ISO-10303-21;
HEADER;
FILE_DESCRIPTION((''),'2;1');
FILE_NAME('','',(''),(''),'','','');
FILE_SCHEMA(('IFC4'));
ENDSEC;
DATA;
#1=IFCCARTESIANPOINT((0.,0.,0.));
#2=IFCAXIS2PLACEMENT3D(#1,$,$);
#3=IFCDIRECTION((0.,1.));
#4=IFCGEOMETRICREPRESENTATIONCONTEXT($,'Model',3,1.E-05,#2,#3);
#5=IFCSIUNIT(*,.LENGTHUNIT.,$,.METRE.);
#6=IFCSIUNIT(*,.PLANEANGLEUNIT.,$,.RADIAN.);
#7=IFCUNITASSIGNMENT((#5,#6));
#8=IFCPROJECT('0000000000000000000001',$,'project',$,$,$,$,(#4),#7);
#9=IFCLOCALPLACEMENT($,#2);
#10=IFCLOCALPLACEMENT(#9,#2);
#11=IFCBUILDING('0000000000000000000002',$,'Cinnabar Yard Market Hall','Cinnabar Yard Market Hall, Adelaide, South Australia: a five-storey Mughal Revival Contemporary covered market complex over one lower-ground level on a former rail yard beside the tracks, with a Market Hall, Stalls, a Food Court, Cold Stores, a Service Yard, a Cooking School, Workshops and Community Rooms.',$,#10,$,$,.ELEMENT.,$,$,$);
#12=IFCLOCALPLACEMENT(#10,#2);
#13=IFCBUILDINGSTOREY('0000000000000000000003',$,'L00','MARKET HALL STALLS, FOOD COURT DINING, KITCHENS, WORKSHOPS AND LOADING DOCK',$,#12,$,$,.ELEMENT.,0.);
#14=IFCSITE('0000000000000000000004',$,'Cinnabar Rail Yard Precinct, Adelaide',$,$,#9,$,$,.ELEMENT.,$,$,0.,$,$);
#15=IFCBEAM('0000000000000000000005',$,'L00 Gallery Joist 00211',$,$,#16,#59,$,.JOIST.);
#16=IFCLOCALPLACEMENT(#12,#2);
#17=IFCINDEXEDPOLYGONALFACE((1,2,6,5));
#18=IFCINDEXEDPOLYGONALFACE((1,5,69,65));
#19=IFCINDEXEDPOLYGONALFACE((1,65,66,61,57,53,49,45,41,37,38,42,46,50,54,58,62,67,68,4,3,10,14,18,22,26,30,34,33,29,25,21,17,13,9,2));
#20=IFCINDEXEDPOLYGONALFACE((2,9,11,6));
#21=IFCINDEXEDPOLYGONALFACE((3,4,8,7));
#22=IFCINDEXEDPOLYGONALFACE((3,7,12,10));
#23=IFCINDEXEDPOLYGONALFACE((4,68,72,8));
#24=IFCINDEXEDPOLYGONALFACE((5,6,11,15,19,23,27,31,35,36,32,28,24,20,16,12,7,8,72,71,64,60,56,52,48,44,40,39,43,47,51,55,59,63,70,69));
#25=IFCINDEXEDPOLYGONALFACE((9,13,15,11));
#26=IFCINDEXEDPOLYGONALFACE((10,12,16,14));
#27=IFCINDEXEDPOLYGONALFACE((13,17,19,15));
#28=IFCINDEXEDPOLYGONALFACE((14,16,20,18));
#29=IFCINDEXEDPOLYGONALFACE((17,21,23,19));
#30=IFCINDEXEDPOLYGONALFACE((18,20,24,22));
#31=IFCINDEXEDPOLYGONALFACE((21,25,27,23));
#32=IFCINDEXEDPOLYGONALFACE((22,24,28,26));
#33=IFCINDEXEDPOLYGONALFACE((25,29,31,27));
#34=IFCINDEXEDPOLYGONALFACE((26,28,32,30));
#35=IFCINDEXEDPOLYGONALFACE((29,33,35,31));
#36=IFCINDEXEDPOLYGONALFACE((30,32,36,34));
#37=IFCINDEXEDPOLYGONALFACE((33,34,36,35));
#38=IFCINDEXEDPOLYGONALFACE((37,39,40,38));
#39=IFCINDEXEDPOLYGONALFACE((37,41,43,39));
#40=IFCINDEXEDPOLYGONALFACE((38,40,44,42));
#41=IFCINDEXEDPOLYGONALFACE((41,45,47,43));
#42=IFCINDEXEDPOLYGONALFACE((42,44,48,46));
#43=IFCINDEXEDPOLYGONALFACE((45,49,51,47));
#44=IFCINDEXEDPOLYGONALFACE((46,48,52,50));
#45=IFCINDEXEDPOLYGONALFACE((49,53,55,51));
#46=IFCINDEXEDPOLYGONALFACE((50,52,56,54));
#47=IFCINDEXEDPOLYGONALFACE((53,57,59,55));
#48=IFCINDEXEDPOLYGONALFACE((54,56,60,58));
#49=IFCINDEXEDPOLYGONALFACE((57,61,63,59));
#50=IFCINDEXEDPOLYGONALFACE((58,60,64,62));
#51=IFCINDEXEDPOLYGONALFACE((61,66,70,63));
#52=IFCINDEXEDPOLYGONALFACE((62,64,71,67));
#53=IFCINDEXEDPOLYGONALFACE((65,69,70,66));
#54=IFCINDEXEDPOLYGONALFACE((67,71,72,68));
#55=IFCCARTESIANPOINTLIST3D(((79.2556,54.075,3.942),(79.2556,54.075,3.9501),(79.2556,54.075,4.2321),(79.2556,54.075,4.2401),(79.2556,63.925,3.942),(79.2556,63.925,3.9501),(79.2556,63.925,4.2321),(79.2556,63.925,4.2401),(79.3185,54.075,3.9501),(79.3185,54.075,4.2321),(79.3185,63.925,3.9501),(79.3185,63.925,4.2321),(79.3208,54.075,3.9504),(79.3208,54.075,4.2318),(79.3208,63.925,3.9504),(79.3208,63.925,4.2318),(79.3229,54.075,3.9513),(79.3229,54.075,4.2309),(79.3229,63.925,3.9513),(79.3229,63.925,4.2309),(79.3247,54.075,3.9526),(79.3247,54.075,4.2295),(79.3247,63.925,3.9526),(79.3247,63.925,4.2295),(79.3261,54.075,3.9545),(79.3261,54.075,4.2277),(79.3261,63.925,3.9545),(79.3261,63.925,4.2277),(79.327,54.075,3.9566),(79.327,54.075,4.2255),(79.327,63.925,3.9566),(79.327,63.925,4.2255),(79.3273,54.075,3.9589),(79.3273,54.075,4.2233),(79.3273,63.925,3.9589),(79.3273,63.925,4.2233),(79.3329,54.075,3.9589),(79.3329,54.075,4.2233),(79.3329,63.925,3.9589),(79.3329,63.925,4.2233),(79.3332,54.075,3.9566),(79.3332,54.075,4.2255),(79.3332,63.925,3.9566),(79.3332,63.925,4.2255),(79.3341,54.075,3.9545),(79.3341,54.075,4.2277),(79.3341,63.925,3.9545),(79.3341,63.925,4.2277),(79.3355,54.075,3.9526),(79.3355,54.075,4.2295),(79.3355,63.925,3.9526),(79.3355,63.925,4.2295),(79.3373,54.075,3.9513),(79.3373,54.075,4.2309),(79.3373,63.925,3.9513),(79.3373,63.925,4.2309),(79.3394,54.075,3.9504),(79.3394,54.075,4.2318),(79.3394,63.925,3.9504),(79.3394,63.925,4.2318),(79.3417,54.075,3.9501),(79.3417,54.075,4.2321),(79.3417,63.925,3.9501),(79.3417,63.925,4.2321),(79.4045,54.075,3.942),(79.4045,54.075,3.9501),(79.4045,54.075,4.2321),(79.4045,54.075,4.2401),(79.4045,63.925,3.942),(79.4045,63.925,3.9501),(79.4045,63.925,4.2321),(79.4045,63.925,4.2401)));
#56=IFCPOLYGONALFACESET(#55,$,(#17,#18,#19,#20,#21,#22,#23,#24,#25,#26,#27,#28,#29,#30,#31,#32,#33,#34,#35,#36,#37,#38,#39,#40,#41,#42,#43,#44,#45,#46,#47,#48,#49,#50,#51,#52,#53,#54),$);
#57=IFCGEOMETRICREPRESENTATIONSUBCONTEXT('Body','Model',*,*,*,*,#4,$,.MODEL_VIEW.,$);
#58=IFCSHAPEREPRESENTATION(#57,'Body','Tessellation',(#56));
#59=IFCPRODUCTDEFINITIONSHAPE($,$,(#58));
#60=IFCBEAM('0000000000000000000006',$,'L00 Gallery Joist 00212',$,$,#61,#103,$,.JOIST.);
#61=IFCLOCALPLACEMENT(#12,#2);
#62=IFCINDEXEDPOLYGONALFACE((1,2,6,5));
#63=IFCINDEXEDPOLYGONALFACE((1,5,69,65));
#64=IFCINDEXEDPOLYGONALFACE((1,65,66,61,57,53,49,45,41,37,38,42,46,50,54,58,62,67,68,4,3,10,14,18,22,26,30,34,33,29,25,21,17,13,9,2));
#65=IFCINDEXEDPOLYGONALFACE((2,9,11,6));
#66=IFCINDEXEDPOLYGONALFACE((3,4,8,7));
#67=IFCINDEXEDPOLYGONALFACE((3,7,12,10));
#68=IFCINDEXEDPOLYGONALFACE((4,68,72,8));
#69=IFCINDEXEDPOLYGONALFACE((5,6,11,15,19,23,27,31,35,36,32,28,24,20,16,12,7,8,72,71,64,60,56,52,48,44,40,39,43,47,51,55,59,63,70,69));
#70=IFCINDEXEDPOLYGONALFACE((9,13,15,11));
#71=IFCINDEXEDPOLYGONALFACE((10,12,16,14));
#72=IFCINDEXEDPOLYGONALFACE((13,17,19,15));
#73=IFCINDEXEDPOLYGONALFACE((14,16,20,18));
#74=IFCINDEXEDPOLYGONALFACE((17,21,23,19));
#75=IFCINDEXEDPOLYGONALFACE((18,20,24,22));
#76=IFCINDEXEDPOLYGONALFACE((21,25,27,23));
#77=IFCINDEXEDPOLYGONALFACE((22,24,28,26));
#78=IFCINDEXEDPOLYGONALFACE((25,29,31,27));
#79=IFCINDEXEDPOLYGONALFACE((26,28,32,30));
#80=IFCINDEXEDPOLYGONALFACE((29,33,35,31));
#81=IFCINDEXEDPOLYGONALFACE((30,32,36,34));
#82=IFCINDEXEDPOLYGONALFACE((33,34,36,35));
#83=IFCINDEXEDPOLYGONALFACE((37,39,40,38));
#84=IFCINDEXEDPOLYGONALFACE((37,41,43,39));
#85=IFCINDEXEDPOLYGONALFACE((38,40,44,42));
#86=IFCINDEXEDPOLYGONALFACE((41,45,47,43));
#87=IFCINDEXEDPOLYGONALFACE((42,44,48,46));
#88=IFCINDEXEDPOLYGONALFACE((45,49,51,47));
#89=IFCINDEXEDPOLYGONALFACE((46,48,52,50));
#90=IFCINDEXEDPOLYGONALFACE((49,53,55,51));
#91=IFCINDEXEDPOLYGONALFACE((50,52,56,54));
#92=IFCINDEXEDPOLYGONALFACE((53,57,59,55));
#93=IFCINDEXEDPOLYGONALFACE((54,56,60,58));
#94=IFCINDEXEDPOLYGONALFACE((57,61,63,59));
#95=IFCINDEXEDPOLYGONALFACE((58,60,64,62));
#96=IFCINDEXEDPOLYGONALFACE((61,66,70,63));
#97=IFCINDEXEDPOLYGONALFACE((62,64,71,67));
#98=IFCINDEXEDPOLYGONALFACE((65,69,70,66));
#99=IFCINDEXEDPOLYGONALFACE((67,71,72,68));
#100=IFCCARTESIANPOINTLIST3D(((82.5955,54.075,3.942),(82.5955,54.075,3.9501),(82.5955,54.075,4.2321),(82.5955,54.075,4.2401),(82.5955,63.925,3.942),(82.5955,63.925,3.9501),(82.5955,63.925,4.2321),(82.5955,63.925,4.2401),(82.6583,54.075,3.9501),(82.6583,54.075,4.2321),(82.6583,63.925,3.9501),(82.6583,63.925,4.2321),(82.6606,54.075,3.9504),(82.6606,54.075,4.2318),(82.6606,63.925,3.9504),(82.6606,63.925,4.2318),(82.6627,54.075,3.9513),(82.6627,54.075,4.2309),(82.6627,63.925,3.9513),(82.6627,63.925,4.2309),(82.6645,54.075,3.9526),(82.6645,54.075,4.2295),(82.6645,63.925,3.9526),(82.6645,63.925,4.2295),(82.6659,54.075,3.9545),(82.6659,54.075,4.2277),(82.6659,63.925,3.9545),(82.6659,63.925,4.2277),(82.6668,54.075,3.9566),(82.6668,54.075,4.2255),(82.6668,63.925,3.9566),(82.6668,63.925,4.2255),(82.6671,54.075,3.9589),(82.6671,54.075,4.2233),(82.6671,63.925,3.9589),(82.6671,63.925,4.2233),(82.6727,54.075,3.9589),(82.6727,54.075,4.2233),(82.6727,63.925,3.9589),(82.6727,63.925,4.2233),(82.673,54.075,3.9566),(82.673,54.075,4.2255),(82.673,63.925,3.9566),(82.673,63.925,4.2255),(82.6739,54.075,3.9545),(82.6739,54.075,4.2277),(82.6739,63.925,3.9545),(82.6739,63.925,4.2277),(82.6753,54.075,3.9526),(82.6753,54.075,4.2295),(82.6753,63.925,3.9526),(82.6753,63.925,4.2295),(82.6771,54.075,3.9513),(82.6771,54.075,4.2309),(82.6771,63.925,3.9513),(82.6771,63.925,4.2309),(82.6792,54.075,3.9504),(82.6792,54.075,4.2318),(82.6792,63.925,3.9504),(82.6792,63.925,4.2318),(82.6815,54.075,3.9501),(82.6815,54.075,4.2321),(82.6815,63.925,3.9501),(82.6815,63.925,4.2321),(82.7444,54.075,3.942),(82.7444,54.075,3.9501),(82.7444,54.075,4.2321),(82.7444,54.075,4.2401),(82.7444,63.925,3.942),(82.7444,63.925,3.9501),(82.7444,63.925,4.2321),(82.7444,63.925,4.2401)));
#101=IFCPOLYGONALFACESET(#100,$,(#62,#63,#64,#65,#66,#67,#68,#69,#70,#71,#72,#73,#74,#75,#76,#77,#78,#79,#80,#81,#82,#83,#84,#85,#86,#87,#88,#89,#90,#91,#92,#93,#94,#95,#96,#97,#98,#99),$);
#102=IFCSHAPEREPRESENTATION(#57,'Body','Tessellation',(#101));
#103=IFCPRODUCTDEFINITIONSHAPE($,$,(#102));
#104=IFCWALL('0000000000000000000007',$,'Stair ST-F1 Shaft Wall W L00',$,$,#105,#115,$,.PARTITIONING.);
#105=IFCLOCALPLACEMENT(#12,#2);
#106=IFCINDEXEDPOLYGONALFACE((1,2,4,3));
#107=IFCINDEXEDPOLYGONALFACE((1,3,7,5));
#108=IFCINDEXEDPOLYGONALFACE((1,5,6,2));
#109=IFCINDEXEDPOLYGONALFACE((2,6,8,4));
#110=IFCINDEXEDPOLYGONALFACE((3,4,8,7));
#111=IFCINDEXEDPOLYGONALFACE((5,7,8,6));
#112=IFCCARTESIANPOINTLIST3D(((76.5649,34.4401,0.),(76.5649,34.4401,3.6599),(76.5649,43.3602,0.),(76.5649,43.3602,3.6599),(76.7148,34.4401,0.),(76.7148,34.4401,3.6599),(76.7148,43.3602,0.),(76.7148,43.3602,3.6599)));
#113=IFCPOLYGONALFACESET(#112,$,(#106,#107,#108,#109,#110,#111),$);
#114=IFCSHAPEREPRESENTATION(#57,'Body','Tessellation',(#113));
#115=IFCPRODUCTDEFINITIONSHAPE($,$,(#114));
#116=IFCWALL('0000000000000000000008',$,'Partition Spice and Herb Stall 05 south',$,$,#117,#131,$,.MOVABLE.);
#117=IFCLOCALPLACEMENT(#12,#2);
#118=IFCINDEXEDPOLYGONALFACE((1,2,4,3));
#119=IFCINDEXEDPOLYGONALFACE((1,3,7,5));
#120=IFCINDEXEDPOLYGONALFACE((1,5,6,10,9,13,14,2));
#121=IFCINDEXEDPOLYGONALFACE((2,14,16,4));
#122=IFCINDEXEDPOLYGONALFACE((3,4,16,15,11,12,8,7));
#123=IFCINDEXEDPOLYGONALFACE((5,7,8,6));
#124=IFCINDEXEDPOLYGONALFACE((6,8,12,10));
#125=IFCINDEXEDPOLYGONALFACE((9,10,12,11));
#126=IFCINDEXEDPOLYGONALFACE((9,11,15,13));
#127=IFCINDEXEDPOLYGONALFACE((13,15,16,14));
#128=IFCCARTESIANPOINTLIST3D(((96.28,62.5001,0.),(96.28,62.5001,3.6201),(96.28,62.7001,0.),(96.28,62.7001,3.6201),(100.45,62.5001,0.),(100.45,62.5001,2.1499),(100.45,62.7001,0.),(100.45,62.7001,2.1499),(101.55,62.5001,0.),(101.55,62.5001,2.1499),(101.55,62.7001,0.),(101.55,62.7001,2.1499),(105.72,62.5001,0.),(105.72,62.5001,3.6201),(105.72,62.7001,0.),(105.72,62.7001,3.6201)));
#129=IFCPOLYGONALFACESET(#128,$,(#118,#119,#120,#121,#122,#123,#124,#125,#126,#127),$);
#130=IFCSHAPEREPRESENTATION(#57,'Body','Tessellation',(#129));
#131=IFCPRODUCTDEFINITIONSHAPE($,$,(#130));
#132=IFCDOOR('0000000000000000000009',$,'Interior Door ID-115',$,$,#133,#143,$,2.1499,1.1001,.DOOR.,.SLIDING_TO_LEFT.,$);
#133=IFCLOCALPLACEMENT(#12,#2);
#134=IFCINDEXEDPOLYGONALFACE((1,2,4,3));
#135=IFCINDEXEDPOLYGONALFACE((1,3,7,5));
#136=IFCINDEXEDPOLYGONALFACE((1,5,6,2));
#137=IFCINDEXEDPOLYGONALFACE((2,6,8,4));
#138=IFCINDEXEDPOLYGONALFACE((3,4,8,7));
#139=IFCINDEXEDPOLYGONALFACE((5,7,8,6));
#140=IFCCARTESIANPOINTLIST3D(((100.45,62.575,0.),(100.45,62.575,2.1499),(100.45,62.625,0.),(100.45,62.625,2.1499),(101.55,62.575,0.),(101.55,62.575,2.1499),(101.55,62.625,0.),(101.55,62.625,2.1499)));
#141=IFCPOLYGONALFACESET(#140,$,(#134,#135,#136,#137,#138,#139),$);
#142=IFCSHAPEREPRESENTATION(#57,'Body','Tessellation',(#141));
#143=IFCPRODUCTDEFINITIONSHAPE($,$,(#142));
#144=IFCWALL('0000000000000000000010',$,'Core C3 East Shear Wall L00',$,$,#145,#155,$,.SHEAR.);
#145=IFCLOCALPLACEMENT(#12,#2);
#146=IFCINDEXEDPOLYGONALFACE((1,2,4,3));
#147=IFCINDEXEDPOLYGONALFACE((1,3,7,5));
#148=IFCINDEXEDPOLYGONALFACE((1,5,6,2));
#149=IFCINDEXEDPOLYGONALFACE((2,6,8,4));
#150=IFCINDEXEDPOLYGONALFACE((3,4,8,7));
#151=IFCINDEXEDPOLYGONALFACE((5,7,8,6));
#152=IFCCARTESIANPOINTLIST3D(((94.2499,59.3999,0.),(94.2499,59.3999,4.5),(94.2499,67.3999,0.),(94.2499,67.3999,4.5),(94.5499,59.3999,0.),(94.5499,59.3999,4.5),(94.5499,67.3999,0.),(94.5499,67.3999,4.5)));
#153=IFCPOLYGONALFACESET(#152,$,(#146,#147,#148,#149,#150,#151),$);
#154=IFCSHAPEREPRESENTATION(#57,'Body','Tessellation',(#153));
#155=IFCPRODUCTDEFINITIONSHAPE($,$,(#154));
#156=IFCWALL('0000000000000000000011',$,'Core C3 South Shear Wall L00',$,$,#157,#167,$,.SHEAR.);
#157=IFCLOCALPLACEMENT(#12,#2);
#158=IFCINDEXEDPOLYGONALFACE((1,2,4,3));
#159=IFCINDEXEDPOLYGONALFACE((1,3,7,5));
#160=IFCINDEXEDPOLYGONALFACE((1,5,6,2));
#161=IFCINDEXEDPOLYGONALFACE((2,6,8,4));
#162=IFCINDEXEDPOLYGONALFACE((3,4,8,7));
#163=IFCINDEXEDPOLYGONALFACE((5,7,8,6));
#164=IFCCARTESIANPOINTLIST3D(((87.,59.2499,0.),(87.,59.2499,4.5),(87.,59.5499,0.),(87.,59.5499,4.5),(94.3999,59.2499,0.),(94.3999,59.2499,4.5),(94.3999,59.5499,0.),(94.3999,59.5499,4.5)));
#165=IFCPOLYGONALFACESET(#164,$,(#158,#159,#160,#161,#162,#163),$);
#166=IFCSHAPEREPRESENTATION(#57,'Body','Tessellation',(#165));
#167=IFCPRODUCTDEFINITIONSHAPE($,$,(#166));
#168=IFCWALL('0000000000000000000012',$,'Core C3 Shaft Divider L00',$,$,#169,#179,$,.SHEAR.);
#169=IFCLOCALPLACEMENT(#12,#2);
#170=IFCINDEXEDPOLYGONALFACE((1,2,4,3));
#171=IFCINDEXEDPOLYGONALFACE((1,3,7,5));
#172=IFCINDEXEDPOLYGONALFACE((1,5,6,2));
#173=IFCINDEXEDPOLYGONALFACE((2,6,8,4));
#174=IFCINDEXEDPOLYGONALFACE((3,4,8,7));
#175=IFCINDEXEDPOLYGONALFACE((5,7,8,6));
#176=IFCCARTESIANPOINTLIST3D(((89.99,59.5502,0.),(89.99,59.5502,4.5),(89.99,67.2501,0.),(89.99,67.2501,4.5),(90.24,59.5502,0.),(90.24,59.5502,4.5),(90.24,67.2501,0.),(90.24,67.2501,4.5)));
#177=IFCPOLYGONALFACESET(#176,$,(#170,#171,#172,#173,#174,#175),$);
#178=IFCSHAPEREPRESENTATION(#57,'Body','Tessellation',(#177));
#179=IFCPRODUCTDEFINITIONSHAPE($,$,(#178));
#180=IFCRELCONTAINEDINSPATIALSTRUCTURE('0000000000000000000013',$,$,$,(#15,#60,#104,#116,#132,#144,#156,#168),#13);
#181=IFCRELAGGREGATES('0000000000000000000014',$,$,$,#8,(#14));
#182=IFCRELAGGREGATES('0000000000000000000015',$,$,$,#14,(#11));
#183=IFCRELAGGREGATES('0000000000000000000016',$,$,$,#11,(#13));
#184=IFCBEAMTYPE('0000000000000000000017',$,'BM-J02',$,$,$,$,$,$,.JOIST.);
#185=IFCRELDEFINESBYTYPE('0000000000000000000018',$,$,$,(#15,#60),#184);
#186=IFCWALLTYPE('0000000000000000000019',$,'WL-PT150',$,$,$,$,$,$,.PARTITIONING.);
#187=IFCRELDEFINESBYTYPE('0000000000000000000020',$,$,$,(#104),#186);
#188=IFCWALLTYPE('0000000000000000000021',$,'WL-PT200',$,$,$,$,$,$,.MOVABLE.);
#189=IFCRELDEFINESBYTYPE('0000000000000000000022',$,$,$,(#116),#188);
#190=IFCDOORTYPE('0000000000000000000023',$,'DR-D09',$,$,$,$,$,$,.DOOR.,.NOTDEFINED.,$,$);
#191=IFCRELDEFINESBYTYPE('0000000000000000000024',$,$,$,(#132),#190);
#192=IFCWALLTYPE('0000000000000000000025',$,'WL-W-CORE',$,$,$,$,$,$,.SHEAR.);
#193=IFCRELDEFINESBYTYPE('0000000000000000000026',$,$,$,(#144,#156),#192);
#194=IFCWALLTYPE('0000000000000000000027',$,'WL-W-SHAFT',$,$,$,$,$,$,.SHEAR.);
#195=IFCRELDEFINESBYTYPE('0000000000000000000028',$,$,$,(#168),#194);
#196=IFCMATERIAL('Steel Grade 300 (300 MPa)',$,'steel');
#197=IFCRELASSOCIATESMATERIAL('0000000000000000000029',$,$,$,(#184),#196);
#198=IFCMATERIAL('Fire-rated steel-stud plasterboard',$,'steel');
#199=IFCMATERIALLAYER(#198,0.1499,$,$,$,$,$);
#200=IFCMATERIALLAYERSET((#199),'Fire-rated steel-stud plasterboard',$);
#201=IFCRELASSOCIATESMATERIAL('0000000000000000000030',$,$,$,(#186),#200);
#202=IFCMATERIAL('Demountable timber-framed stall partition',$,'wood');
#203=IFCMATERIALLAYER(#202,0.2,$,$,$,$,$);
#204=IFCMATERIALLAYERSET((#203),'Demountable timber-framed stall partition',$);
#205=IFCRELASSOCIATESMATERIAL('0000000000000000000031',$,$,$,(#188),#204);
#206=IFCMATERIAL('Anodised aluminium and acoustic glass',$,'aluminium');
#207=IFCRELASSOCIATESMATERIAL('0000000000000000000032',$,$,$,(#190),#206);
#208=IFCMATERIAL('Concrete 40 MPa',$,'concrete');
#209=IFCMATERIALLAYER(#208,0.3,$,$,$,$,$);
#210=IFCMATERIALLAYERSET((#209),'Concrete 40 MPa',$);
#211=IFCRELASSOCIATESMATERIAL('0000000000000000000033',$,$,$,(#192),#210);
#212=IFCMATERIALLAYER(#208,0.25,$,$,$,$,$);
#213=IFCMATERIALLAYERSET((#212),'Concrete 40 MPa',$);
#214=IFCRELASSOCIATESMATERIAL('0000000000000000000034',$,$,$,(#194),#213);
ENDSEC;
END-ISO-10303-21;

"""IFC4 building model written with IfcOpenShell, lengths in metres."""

from ifc_helpers import new_model, si_unit, direction, frame, frame_2d, origin, origin_2d_with_axis, place, context, subcontext, project, spatial, rectangle, i_section, extrude, material, layer, layer_set, material_profile, profile_set, type_object, element, fill, save


model = new_model("IFC4")

# Units and contexts
model_context = context("Model", 3, precision=1e-05, world=origin(), true_north=direction((0.0, 1.0)))
body_context = subcontext(model_context, "Body", "Model", "MODEL_VIEW")
ifc_project = project(units=[si_unit("LENGTHUNIT", "METRE"), si_unit("PLANEANGLEUNIT", "RADIAN")], contexts=[model_context])

# Site, building, storey
site_placement = place(None, origin())
site = spatial("IfcSite", under=ifc_project, at=site_placement, Name="Cinnabar Rail Yard Precinct, Adelaide", CompositionType="ELEMENT", RefElevation=0.0)
building_placement = place(site_placement, origin())
building = spatial("IfcBuilding", under=site, at=building_placement, Name="Cinnabar Yard Market Hall", Description="Cinnabar Yard Market Hall, Adelaide, South Australia: a five-storey Mughal Revival Contemporary covered market complex over one lower-ground level on a former rail yard beside the tracks, with a Market Hall, Stalls, a Food Court, Cold Stores, a Service Yard, a Cooking School, Workshops and Community Rooms.", CompositionType="ELEMENT")
storey_placement = place(building_placement, origin())
storey = spatial("IfcBuildingStorey", under=building, at=storey_placement, Name="L00", Description="MARKET HALL STALLS, FOOD COURT DINING, KITCHENS, WORKSHOPS AND LOADING DOCK", CompositionType="ELEMENT", Elevation=0.0)

# Beams
ifc_material_1 = material(Name="Steel Grade 300 (300 MPa)", Category="steel")
ifc_material_profile_1 = material_profile(ifc_material_1, i_section(OverallWidth=0.1489, OverallDepth=0.2981, WebThickness=0.0056, FlangeThickness=0.0081, FilletRadius=0.0088, at=origin_2d_with_axis()), Name="310UB32.0")
ifc_profile_set_1 = profile_set([ifc_material_profile_1], Name="Steel Grade 300 (300 MPa)")
beam_type_1 = type_object("IfcBeamType", Name="BM-J02", PredefinedType="JOIST", material=ifc_profile_set_1)
for number, where, z_axis, x_axis, name in (
    (1, (79.3301, 54.075, 4.0911), (0.0, 1.0, 0.0), (-1.0, 0.0, 0.0), "L00 Gallery Joist 00211"),
    (2, (82.6699, 54.075, 4.0911), (0.0, 1.0, 0.0), (-1.0, 0.0, 0.0), "L00 Gallery Joist 00212"),
):
    element("IfcBeam", number, at=place(storey_placement, frame(where, z_axis=z_axis, x_axis=x_axis)), inside=storey, type_object=beam_type_1, Name=name, PredefinedType="JOIST", context=body_context, shape_type="SweptSolid", body=[
        extrude(i_section(OverallWidth=0.1489, OverallDepth=0.2981, WebThickness=0.0056, FlangeThickness=0.0081, FilletRadius=0.0088, at=origin_2d_with_axis()), origin(), (0.0, 0.0, 1.0), 9.8501),
    ])

# Wall
ifc_material_2 = material(Name="Fire-rated steel-stud plasterboard", Category="steel")
ifc_layer_1 = layer(ifc_material_2, 0.1499)
ifc_layer_set_1 = layer_set([ifc_layer_1], Name="Fire-rated steel-stud plasterboard")
wall_type_1 = type_object("IfcWallType", Name="WL-PT150", PredefinedType="PARTITIONING", material=ifc_layer_set_1)
wall_1_placement = place(storey_placement, frame((76.6399, 43.3601, 0.0), z_axis=(0.0, 0.0, 1.0), x_axis=(0.0, -1.0, 0.0)))
element("IfcWall", 3, at=wall_1_placement, inside=storey, type_object=wall_type_1, Name="Stair ST-F1 Shaft Wall W L00", PredefinedType="PARTITIONING", context=body_context, shape_type="SweptSolid", body=[
    extrude(rectangle(XDim=8.9202, YDim=0.1499, at=frame_2d((4.46, 0.0), x_axis=(1.0, 0.0))), origin(), (0.0, 0.0, 1.0), 3.6599),
])

# Wall, opening, door
ifc_material_3 = material(Name="Demountable timber-framed stall partition", Category="wood")
ifc_layer_2 = layer(ifc_material_3, 0.2)
ifc_layer_set_2 = layer_set([ifc_layer_2], Name="Demountable timber-framed stall partition")
wall_type_2 = type_object("IfcWallType", Name="WL-PT200", PredefinedType="MOVABLE", material=ifc_layer_set_2)
wall_2_placement = place(storey_placement, frame((96.28, 62.6001, 0.0), z_axis=(0.0, 0.0, 1.0), x_axis=(1.0, 0.0, 0.0)))
wall_2 = element("IfcWall", 4, at=wall_2_placement, inside=storey, type_object=wall_type_2, Name="Partition Spice and Herb Stall 05 south", PredefinedType="MOVABLE", context=body_context, shape_type="SweptSolid", body=[
    extrude(rectangle(XDim=9.4399, YDim=0.2, at=frame_2d((4.72, 0.0), x_axis=(1.0, 0.0))), origin(), (0.0, 0.0, 1.0), 3.6201),
])
opening_1_placement = place(wall_2_placement, frame((4.1699, 0.0, 0.0)))
opening_1 = element("IfcOpeningElement", 5, at=opening_1_placement, cuts=wall_2, PredefinedType="OPENING", context=body_context, shape_type="SweptSolid", body=[
    extrude(rectangle(XDim=1.1001, YDim=2.1499, at=frame_2d((0.55, 1.075), x_axis=(1.0, 0.0))), frame((0.0, 0.1099, 0.0), z_axis=(0.0, -1.0, 0.0), x_axis=(1.0, 0.0, 0.0)), (0.0, 0.0, 1.0), 0.22),
])
ifc_material_4 = material(Name="Anodised aluminium and acoustic glass", Category="aluminium")
door_type_1 = type_object("IfcDoorType", Name="DR-D09", OperationType="NOTDEFINED", PredefinedType="DOOR", material=ifc_material_4)
door_1_placement = place(opening_1_placement, origin())
door_1 = element("IfcDoor", 6, at=door_1_placement, inside=storey, type_object=door_type_1, Name="Interior Door ID-115", OperationType="SLIDING_TO_LEFT", OverallHeight=2.1499, OverallWidth=1.1001, PredefinedType="DOOR", context=body_context, shape_type="SweptSolid", body=[
    extrude(rectangle(XDim=1.1001, YDim=2.1499, at=frame_2d((0.55, 1.075), x_axis=(1.0, 0.0))), frame((0.0, 0.0249, 0.0), z_axis=(0.0, -1.0, 0.0), x_axis=(1.0, 0.0, 0.0)), (0.0, 0.0, 1.0), 0.05),
])
fill(opening_1, door_1)

# Walls
ifc_material_5 = material(Name="Concrete 40 MPa", Category="concrete")
ifc_layer_3 = layer(ifc_material_5, 0.3)
ifc_layer_set_3 = layer_set([ifc_layer_3], Name="Concrete 40 MPa")
wall_type_3 = type_object("IfcWallType", Name="WL-W-CORE", PredefinedType="SHEAR", material=ifc_layer_set_3)
wall_3_placement = place(storey_placement, frame((94.3999, 59.3999, 0.0), z_axis=(0.0, 0.0, 1.0), x_axis=(0.0, 1.0, 0.0)))
element("IfcWall", 7, at=wall_3_placement, inside=storey, type_object=wall_type_3, Name="Core C3 East Shear Wall L00", PredefinedType="SHEAR", context=body_context, shape_type="SweptSolid", body=[
    extrude(rectangle(XDim=8.0, YDim=0.3, at=frame_2d((4.0, 0.0), x_axis=(1.0, 0.0))), origin(), (0.0, 0.0, 1.0), 4.5),
])
wall_4_placement = place(storey_placement, frame((87.0, 59.3999, 0.0), z_axis=(0.0, 0.0, 1.0), x_axis=(1.0, 0.0, 0.0)))
element("IfcWall", 8, at=wall_4_placement, inside=storey, type_object=wall_type_3, Name="Core C3 South Shear Wall L00", PredefinedType="SHEAR", context=body_context, shape_type="SweptSolid", body=[
    extrude(rectangle(XDim=7.3999, YDim=0.3, at=frame_2d((3.7, 0.0), x_axis=(1.0, 0.0))), origin(), (0.0, 0.0, 1.0), 4.5),
])
ifc_layer_4 = layer(ifc_material_5, 0.25)
ifc_layer_set_4 = layer_set([ifc_layer_4], Name="Concrete 40 MPa")
wall_type_4 = type_object("IfcWallType", Name="WL-W-SHAFT", PredefinedType="SHEAR", material=ifc_layer_set_4)
wall_5_placement = place(storey_placement, frame((90.115, 59.55, 0.0), z_axis=(0.0, 0.0, 1.0), x_axis=(0.0, 1.0, 0.0)))
element("IfcWall", 9, at=wall_5_placement, inside=storey, type_object=wall_type_4, Name="Core C3 Shaft Divider L00", PredefinedType="SHEAR", context=body_context, shape_type="SweptSolid", body=[
    extrude(rectangle(XDim=7.7, YDim=0.25, at=frame_2d((3.8501, 0.0), x_axis=(1.0, 0.0))), origin(), (0.0, 0.0, 1.0), 4.5),
])

save(model, "model.ifc")
